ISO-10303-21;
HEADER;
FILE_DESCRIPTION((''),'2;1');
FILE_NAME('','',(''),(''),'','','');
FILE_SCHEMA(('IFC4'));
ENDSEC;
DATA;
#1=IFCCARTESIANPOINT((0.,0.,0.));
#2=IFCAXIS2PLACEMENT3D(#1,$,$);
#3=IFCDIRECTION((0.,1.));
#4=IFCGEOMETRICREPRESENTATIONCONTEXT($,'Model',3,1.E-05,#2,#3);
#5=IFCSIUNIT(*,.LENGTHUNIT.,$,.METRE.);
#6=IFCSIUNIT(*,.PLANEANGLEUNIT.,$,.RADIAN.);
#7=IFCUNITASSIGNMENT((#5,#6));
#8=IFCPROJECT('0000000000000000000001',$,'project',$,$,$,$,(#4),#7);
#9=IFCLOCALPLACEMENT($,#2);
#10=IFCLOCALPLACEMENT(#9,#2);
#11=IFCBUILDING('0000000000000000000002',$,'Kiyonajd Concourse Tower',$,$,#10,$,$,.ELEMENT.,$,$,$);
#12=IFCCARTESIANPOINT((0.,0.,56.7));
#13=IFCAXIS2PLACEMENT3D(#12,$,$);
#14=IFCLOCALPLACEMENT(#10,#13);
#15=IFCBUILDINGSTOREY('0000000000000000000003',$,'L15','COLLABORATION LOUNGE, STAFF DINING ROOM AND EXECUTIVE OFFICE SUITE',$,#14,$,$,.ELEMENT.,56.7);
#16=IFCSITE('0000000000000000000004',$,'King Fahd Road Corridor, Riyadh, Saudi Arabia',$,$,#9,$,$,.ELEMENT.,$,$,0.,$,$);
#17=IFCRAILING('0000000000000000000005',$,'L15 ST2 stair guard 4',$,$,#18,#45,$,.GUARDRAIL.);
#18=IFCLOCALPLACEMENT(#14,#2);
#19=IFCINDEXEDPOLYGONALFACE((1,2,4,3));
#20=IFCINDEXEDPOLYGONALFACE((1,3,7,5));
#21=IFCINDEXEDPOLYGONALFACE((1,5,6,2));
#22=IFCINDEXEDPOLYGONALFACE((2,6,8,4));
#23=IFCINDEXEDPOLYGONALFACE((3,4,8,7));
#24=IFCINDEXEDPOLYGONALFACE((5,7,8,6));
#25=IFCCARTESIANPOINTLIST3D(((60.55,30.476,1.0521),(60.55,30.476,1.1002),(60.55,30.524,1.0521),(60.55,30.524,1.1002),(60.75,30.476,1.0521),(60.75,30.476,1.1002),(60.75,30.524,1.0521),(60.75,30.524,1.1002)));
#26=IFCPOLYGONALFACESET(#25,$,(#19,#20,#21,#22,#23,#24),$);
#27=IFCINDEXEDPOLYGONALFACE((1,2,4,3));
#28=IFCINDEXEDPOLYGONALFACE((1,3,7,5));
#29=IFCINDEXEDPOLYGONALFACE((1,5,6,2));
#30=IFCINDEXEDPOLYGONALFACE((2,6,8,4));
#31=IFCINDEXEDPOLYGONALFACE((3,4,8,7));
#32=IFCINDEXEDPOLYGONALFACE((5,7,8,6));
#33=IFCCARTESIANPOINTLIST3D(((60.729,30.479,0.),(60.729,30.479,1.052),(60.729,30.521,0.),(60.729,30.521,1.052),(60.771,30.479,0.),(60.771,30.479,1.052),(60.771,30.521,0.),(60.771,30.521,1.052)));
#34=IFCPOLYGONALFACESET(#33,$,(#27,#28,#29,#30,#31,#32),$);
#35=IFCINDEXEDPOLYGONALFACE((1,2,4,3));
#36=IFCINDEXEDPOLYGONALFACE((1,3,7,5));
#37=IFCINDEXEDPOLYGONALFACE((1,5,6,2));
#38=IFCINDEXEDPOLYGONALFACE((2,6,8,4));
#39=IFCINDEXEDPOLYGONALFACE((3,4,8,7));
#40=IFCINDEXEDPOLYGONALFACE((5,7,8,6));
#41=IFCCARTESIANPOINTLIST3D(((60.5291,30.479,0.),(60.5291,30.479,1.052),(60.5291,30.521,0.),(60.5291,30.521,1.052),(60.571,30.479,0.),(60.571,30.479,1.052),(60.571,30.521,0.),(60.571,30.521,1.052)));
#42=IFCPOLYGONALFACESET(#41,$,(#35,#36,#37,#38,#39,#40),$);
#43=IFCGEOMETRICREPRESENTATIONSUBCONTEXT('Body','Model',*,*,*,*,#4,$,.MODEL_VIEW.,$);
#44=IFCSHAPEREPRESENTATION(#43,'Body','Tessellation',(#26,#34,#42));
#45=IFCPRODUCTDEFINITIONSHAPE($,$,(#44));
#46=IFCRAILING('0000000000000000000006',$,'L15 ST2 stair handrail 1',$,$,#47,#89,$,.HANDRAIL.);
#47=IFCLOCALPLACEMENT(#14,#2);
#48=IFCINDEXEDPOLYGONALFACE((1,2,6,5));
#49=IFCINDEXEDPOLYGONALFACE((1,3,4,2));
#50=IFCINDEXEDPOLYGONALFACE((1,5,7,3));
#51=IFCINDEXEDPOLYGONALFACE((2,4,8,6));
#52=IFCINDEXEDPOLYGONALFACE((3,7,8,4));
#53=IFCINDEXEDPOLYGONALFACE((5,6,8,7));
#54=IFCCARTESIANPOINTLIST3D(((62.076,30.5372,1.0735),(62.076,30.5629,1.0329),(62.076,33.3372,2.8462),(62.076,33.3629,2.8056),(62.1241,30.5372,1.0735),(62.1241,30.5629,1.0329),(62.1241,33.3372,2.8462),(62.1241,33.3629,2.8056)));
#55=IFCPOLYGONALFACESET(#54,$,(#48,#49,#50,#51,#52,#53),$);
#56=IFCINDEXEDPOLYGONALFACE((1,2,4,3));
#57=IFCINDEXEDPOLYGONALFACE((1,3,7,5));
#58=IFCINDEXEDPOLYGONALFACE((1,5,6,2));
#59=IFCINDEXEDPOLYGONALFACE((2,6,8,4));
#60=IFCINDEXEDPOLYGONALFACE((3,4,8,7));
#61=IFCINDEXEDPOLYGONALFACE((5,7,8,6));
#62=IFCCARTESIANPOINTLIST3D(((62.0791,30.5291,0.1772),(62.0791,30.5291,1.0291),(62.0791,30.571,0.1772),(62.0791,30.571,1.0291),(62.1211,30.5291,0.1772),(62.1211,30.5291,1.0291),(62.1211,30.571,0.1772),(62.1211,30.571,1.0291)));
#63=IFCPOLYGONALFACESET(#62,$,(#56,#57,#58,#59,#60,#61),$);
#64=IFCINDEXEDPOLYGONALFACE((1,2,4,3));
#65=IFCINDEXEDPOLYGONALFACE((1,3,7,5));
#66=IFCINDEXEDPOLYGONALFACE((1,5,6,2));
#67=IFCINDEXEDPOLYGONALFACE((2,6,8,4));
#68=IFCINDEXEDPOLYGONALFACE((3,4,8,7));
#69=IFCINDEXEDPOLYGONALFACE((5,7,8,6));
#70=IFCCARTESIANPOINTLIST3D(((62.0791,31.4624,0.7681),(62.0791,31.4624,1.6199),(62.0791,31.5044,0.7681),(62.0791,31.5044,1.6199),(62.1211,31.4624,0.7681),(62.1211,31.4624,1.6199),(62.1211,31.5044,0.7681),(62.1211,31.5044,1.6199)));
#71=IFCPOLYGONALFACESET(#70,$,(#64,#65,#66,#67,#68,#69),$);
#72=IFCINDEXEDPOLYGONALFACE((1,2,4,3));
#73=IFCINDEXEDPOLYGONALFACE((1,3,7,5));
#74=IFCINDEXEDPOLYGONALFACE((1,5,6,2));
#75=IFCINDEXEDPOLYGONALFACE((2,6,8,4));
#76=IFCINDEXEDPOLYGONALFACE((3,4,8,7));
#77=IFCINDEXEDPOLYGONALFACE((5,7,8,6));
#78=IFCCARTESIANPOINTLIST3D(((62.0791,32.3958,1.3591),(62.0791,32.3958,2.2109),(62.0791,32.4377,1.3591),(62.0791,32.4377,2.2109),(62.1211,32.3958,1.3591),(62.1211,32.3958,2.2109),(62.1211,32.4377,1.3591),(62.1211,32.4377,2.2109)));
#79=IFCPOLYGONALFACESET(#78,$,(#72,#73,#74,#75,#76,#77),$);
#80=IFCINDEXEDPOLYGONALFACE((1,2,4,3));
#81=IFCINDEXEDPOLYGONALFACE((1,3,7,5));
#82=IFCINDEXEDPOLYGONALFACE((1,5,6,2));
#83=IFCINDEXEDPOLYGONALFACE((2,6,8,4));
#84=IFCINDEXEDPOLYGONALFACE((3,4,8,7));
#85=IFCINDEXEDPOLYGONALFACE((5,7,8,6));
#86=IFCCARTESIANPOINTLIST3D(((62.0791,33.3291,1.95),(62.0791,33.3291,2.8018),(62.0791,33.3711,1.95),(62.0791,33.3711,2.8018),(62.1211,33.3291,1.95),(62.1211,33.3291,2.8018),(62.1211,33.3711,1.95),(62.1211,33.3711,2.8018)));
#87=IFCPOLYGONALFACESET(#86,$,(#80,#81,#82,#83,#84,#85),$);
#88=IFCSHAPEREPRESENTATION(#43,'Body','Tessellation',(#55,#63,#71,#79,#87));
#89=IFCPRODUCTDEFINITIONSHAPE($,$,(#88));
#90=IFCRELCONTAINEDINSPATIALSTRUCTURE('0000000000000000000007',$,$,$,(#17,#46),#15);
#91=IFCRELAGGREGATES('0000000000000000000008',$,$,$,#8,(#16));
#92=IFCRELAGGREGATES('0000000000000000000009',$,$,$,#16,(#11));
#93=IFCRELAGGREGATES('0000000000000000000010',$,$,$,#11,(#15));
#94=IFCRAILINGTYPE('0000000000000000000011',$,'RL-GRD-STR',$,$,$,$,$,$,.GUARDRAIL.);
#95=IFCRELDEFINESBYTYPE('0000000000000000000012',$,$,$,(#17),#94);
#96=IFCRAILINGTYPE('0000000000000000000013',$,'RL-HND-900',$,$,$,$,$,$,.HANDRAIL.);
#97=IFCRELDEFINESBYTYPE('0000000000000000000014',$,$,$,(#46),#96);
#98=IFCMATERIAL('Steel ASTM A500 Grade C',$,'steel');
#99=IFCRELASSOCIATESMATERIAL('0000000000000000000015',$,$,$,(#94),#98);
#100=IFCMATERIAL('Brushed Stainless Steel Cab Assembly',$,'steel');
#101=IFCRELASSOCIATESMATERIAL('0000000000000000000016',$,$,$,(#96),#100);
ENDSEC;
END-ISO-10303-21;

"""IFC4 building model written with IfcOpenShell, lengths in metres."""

from ifc_helpers import new_model, si_unit, direction, frame, origin, origin_2d, place, context, subcontext, project, spatial, rectangle, extrude, material, type_object, element, save


model = new_model("IFC4")

# Units and contexts
model_context = context("Model", 3, precision=1e-05, world=origin(), true_north=direction((0.0, 1.0)))
body_context = subcontext(model_context, "Body", "Model", "MODEL_VIEW")
ifc_project = project(units=[si_unit("LENGTHUNIT", "METRE"), si_unit("PLANEANGLEUNIT", "RADIAN")], contexts=[model_context])

# Site, building, storey
site_placement = place(None, origin())
site = spatial("IfcSite", under=ifc_project, at=site_placement, Name="King Fahd Road Corridor, Riyadh, Saudi Arabia", CompositionType="ELEMENT", RefElevation=0.0)
building_placement = place(site_placement, origin())
building = spatial("IfcBuilding", under=site, at=building_placement, Name="Kiyonajd Concourse Tower", CompositionType="ELEMENT")
storey_placement = place(building_placement, frame((0.0, 0.0, 56.7)))
storey = spatial("IfcBuildingStorey", under=building, at=storey_placement, Name="L15", Description="COLLABORATION LOUNGE, STAFF DINING ROOM AND EXECUTIVE OFFICE SUITE", CompositionType="ELEMENT", Elevation=56.7)

# Railings
ifc_material_1 = material(Name="Steel ASTM A500 Grade C", Category="steel")
railing_type_1 = type_object("IfcRailingType", Name="RL-GRD-STR", PredefinedType="GUARDRAIL", material=ifc_material_1)
railing_1_placement = place(storey_placement, frame((60.75, 30.5, 0.0)))
element("IfcRailing", 1, at=railing_1_placement, inside=storey, type_object=railing_type_1, Name="L15 ST2 stair guard 4", PredefinedType="GUARDRAIL", context=body_context, shape_type="SweptSolid", body=[
    extrude(rectangle(XDim=0.0481, YDim=0.0481, at=origin_2d()), frame((0.0, 0.0, 1.0762), z_axis=(-1.0, 0.0, 0.0), x_axis=(0.0, -1.0, 0.0)), (0.0, 0.0, 1.0), 0.2),
    extrude(rectangle(XDim=0.042, YDim=0.042, at=origin_2d()), origin(), (0.0, 0.0, 1.0), 1.052),
    extrude(rectangle(XDim=0.042, YDim=0.042, at=origin_2d()), frame((-0.2, 0.0, 0.0)), (0.0, 0.0, 1.0), 1.052),
])
ifc_material_2 = material(Name="Brushed Stainless Steel Cab Assembly", Category="steel")
railing_type_2 = type_object("IfcRailingType", Name="RL-HND-900", PredefinedType="HANDRAIL", material=ifc_material_2)
railing_2_placement = place(storey_placement, frame((62.1001, 30.55, 0.1772)))
element("IfcRailing", 2, at=railing_2_placement, inside=storey, type_object=railing_type_2, Name="L15 ST2 stair handrail 1", PredefinedType="HANDRAIL", context=body_context, shape_type="SweptSolid", body=[
    extrude(rectangle(XDim=0.0481, YDim=0.0481, at=origin_2d()), frame((0.0, 0.0, 0.876), z_axis=(0.0, 0.844909, 0.53491), x_axis=(-1.0, 0.0, 0.0)), (0.0, 0.0, 1.0), 3.314),
    extrude(rectangle(XDim=0.042, YDim=0.042, at=origin_2d()), origin(), (0.0, 0.0, 1.0), 0.8518),
    extrude(rectangle(XDim=0.042, YDim=0.042, at=origin_2d()), frame((0.0, 0.9333, 0.5908)), (0.0, 0.0, 1.0), 0.8518),
    extrude(rectangle(XDim=0.042, YDim=0.042, at=origin_2d()), frame((0.0, 1.8667, 1.1819)), (0.0, 0.0, 1.0), 0.8518),
    extrude(rectangle(XDim=0.042, YDim=0.042, at=origin_2d()), frame((0.0, 2.8, 1.7727)), (0.0, 0.0, 1.0), 0.8518),
])

save(model, "model.ifc")
